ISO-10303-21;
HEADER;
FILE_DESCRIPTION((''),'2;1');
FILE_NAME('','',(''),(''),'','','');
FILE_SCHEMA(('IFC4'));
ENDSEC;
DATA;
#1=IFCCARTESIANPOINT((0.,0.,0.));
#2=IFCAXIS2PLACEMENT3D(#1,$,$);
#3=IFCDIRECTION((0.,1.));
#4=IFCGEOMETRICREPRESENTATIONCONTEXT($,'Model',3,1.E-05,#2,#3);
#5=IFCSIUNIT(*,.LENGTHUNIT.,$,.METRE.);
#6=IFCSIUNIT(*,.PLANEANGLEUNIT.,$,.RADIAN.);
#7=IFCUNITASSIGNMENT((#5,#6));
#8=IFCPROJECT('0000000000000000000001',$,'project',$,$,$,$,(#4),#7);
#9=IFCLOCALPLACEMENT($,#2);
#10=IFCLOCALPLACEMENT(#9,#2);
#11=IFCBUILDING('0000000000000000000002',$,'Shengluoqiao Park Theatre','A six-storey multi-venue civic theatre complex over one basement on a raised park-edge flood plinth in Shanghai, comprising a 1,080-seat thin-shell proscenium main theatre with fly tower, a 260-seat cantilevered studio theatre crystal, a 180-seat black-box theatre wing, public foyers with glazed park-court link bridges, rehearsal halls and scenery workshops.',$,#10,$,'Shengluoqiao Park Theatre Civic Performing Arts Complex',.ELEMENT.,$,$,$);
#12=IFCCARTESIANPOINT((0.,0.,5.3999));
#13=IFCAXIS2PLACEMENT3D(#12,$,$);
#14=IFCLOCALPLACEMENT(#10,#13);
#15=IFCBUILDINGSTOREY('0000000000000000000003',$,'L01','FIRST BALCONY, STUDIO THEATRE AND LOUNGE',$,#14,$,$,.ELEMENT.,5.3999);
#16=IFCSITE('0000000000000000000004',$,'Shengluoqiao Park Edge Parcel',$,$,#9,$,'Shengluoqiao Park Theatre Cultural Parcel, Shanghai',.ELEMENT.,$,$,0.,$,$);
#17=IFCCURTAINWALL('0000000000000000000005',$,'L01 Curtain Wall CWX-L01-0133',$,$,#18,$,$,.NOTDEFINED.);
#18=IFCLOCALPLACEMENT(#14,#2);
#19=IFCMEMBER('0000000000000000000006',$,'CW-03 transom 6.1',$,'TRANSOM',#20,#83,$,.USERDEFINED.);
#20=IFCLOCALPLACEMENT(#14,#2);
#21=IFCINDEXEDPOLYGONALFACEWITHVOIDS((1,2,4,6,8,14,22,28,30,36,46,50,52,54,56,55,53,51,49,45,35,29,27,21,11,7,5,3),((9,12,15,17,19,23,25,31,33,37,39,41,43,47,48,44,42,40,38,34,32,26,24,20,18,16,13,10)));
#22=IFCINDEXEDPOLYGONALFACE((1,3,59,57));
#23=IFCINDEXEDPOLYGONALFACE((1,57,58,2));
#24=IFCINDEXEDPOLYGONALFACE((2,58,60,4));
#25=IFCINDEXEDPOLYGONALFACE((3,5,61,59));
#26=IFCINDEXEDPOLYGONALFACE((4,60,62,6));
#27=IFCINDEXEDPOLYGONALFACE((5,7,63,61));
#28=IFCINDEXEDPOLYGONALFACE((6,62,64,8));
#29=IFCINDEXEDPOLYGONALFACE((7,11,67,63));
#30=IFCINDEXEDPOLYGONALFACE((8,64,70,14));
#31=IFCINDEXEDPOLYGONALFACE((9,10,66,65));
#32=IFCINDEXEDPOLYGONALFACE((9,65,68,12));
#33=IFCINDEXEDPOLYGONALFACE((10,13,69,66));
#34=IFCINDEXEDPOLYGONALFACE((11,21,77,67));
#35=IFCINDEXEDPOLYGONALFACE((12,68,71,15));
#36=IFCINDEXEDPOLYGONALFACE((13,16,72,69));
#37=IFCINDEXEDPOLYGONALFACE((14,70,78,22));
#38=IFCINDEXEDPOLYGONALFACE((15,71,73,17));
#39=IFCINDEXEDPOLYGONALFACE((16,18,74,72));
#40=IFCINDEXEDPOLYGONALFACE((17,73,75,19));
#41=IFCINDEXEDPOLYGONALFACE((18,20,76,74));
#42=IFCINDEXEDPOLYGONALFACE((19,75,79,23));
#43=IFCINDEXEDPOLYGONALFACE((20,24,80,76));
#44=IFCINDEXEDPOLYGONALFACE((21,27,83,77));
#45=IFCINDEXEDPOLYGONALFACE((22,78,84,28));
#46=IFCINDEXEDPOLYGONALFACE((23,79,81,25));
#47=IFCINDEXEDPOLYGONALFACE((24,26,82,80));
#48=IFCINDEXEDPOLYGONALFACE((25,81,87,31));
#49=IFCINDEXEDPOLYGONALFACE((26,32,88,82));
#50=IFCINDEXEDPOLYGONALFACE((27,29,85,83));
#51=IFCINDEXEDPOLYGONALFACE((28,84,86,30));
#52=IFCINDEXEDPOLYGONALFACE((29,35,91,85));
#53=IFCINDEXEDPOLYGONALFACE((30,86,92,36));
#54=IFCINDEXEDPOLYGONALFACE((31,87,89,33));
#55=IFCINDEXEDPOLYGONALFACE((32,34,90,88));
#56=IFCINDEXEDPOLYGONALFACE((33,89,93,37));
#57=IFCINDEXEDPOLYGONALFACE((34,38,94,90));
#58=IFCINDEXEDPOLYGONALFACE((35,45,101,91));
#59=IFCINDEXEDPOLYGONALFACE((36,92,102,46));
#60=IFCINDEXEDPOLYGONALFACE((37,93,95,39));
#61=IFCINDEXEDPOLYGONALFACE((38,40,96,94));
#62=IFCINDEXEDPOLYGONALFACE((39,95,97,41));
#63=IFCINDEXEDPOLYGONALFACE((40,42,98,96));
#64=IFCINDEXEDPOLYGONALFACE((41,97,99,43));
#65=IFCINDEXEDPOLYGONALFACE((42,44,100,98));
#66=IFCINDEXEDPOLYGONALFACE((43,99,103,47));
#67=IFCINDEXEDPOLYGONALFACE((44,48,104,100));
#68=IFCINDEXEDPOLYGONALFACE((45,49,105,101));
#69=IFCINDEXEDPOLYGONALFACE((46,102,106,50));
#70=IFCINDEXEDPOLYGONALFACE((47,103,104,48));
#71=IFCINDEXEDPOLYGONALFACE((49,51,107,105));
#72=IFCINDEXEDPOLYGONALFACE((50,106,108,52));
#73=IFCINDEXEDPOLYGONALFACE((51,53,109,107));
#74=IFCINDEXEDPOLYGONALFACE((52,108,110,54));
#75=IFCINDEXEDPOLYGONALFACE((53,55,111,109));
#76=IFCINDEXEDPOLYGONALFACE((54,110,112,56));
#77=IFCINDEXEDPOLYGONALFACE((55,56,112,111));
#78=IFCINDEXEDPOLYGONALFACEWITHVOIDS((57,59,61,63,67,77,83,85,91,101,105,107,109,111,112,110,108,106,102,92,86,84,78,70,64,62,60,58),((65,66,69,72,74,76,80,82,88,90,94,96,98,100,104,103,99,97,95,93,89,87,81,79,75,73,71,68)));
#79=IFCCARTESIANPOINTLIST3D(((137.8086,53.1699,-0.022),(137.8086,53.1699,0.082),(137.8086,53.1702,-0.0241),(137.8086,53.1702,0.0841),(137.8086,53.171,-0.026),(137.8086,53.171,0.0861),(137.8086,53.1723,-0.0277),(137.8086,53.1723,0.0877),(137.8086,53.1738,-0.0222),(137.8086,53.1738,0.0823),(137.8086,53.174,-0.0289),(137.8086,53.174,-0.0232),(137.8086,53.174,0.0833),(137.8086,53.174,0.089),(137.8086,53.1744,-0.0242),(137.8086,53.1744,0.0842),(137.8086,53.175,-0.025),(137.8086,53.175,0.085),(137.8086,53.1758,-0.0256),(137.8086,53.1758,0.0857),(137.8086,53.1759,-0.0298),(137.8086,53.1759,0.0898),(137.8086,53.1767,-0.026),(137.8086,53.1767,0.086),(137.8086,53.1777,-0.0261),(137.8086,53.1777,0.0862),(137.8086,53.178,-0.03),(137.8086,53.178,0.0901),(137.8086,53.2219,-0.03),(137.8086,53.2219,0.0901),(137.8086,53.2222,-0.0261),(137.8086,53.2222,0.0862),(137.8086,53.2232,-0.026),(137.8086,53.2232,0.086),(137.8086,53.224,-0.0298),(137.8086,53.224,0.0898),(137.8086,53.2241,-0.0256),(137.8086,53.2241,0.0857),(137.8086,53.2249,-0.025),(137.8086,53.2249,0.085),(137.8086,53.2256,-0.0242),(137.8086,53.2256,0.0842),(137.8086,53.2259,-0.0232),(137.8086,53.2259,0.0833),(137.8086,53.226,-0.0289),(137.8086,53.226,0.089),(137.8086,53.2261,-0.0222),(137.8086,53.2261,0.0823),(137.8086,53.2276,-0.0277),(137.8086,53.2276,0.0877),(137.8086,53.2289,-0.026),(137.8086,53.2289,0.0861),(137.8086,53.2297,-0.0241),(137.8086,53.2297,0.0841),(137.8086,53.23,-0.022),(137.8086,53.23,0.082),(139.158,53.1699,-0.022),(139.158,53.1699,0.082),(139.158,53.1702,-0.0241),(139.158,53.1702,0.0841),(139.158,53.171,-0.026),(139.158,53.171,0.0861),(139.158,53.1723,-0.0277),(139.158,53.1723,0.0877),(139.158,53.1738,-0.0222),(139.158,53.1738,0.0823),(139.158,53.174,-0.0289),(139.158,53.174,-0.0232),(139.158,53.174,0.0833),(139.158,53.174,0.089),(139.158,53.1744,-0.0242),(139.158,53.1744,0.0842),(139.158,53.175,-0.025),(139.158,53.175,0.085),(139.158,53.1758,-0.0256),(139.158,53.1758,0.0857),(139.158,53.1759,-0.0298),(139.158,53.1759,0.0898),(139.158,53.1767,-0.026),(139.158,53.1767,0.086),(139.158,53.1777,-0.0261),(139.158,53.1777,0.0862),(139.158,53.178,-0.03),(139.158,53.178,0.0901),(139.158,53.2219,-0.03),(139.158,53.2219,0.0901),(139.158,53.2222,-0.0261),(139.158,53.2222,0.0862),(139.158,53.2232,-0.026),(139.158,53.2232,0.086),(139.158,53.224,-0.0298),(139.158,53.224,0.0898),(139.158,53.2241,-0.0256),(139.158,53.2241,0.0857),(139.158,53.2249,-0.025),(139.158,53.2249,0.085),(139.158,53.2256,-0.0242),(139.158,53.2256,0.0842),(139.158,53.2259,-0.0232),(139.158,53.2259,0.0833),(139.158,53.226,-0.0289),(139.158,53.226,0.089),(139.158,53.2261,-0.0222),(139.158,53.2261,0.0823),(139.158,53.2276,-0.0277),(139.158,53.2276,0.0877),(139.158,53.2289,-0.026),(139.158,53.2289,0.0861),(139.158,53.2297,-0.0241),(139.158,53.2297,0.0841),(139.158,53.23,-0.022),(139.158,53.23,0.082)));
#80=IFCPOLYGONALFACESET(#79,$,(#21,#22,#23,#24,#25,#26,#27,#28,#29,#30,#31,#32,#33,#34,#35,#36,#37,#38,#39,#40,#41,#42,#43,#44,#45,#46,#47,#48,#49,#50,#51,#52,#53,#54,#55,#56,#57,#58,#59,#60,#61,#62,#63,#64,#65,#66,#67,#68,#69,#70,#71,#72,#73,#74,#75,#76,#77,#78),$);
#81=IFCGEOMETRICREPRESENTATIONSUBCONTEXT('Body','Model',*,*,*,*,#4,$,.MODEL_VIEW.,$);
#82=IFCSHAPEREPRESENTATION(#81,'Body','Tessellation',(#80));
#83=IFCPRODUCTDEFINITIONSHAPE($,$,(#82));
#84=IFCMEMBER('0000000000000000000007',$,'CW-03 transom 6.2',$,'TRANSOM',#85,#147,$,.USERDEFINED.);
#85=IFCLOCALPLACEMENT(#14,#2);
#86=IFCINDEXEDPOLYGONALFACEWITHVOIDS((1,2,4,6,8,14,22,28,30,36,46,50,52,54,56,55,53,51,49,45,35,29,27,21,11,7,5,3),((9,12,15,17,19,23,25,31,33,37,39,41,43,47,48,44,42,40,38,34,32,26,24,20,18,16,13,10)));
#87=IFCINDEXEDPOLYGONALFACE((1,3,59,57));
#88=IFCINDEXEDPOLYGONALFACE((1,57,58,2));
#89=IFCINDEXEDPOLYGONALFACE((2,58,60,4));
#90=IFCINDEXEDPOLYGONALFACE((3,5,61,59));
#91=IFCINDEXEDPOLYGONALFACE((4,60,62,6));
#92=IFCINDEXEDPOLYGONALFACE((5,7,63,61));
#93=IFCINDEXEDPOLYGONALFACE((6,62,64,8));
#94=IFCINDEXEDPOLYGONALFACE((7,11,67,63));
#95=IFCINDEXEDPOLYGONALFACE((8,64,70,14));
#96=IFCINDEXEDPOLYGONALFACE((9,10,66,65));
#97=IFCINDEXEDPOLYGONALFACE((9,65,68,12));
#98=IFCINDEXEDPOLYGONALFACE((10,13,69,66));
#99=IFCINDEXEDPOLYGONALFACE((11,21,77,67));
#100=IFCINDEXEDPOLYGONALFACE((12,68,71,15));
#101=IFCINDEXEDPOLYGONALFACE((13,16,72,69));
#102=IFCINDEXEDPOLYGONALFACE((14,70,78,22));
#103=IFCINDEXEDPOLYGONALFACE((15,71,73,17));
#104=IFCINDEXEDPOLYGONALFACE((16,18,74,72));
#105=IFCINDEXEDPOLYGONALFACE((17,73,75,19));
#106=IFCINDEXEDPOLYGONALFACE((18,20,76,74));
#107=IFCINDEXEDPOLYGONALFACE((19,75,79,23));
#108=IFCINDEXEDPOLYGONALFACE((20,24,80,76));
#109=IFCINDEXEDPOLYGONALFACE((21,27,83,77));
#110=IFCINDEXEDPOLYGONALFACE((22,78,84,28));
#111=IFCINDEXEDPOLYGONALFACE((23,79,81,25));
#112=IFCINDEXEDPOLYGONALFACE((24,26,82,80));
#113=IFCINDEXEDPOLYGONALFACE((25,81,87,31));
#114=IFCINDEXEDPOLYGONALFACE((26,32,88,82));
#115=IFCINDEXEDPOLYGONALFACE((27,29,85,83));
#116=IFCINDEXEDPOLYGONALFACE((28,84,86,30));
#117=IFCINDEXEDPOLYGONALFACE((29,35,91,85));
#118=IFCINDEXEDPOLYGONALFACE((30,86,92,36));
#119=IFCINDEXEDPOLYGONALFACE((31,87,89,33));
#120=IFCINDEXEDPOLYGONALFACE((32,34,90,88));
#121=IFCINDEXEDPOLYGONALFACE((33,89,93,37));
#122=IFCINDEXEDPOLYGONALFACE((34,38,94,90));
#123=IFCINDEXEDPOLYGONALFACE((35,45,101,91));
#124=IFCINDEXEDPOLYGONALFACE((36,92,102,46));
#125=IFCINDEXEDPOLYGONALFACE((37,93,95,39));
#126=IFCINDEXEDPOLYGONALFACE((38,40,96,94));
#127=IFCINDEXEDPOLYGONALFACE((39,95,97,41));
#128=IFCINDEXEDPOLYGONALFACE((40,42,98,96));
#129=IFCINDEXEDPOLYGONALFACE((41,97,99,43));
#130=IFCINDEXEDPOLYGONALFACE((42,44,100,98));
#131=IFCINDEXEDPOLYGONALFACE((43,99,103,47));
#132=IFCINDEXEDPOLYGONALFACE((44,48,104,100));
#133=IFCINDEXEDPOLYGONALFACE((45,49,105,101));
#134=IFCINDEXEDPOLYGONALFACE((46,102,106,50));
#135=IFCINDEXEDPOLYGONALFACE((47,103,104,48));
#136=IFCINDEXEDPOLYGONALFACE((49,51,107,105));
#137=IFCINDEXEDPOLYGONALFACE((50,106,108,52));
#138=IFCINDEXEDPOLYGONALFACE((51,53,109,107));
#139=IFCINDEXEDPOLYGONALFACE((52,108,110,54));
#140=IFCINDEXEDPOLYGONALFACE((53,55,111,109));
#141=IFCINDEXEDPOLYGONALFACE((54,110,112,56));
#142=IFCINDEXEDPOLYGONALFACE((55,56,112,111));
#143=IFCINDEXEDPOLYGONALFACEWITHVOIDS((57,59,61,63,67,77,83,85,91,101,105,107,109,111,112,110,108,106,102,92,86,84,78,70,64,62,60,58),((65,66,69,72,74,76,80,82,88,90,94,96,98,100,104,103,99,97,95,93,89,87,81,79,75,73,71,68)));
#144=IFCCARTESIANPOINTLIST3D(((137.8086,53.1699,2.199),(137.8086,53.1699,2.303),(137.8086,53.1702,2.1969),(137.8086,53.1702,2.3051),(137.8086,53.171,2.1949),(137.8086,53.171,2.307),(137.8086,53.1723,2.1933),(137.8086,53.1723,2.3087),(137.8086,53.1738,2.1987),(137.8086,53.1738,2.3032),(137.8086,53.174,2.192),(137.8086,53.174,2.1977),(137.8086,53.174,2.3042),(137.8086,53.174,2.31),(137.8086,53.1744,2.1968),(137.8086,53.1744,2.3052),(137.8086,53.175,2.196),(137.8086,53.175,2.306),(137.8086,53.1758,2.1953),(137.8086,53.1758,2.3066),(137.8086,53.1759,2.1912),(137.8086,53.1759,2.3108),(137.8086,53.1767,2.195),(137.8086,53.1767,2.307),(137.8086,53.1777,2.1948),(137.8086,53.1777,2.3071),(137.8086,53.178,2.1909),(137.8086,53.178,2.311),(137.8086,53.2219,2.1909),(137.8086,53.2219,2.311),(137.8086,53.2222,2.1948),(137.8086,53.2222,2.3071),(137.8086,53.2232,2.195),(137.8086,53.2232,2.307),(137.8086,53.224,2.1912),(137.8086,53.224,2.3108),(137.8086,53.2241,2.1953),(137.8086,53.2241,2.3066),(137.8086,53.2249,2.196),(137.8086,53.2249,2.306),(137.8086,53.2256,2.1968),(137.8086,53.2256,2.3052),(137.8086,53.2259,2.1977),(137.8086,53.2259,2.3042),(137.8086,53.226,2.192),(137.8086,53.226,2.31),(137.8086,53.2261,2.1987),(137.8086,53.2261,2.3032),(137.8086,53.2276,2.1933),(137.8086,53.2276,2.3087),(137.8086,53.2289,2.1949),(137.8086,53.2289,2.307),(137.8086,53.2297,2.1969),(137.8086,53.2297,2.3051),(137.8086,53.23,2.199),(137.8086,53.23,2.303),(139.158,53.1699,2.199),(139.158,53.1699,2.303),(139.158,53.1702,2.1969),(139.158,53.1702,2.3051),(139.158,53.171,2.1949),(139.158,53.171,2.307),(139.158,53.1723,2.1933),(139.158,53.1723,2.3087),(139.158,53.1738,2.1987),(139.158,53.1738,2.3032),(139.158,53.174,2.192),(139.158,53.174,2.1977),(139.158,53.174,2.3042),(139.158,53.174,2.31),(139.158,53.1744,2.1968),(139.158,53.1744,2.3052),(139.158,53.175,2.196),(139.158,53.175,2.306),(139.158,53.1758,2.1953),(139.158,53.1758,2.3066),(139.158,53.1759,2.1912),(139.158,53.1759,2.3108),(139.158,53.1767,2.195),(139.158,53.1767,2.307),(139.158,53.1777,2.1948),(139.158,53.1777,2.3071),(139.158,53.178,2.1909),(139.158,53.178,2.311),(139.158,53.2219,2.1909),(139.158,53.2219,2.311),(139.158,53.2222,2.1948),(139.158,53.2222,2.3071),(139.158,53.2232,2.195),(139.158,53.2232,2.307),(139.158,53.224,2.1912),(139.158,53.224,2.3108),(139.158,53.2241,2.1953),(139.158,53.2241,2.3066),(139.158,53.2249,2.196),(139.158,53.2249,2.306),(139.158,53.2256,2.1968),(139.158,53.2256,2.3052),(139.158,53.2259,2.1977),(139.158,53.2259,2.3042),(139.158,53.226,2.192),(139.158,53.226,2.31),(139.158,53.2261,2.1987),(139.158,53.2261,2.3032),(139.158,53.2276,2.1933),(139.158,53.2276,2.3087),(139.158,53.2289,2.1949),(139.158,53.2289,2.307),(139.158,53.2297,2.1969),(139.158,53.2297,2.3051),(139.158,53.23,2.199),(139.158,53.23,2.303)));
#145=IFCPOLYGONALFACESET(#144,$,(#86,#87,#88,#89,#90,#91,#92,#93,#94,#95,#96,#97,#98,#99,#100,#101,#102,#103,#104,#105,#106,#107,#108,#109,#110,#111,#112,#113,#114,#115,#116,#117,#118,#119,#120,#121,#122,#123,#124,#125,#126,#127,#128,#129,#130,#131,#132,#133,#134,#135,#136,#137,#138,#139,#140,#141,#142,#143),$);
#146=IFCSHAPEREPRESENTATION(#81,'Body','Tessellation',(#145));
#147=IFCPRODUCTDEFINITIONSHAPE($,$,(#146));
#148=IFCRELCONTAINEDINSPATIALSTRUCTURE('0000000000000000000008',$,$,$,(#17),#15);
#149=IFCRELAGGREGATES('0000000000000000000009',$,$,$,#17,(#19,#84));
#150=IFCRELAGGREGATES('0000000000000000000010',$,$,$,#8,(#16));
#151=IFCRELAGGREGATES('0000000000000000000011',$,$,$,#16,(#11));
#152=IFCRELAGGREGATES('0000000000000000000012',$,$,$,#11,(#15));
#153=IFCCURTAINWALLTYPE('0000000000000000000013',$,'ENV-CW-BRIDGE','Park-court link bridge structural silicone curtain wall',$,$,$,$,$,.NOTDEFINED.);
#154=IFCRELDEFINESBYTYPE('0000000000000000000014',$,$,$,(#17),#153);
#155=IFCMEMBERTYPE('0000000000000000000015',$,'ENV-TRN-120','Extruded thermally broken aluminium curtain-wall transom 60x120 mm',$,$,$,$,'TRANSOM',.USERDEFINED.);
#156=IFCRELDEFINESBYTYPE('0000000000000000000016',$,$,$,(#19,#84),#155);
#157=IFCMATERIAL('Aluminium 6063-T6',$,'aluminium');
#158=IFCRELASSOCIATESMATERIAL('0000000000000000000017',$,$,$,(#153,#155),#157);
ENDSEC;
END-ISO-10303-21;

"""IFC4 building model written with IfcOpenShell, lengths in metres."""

from ifc_helpers import new_model, si_unit, direction, frame, origin, origin_2d, place, context, subcontext, project, spatial, hollow_rectangle, extrude, material, material_profile, profile_set, type_object, element, aggregate, save


model = new_model("IFC4")

# Units and contexts
model_context = context("Model", 3, precision=1e-05, world=origin(), true_north=direction((0.0, 1.0)))
body_context = subcontext(model_context, "Body", "Model", "MODEL_VIEW")
ifc_project = project(units=[si_unit("LENGTHUNIT", "METRE"), si_unit("PLANEANGLEUNIT", "RADIAN")], contexts=[model_context])

# Site, building, storey
site_placement = place(None, origin())
site = spatial("IfcSite", under=ifc_project, at=site_placement, Name="Shengluoqiao Park Edge Parcel", LongName="Shengluoqiao Park Theatre Cultural Parcel, Shanghai", CompositionType="ELEMENT", RefElevation=0.0)
building_placement = place(site_placement, origin())
building = spatial("IfcBuilding", under=site, at=building_placement, Name="Shengluoqiao Park Theatre", Description="A six-storey multi-venue civic theatre complex over one basement on a raised park-edge flood plinth in Shanghai, comprising a 1,080-seat thin-shell proscenium main theatre with fly tower, a 260-seat cantilevered studio theatre crystal, a 180-seat black-box theatre wing, public foyers with glazed park-court link bridges, rehearsal halls and scenery workshops.", LongName="Shengluoqiao Park Theatre Civic Performing Arts Complex", CompositionType="ELEMENT")
storey_placement = place(building_placement, frame((0.0, 0.0, 5.3999)))
storey = spatial("IfcBuildingStorey", under=building, at=storey_placement, Name="L01", Description="FIRST BALCONY, STUDIO THEATRE AND LOUNGE", CompositionType="ELEMENT", Elevation=5.3999)

# Curtain wall
ifc_material_1 = material(Name="Aluminium 6063-T6", Category="aluminium")
curtain_wall_type = type_object("IfcCurtainWallType", Name="ENV-CW-BRIDGE", Description="Park-court link bridge structural silicone curtain wall", PredefinedType="NOTDEFINED", material=ifc_material_1)
curtain_wall_1_placement = place(storey_placement, origin())
curtain_wall_1 = element("IfcCurtainWall", 1, at=curtain_wall_1_placement, inside=storey, type_object=curtain_wall_type, Name="L01 Curtain Wall CWX-L01-0133", PredefinedType="NOTDEFINED")

# Members
ifc_material_profile_1 = material_profile(ifc_material_1, hollow_rectangle(XDim=0.0601, YDim=0.1201, WallThickness=0.0039, InnerFilletRadius=0.0039, OuterFilletRadius=0.0081, at=origin_2d()), Name="ALU TRANSOM 120x60x4")
ifc_profile_set_1 = profile_set([ifc_material_profile_1], Name="Aluminium 6063-T6")
member_type_1 = type_object("IfcMemberType", Name="ENV-TRN-120", Description="Extruded thermally broken aluminium curtain-wall transom 60x120 mm", ElementType="TRANSOM", PredefinedType="USERDEFINED", material=ifc_profile_set_1)
member_1_placement = place(storey_placement, frame((137.8086, 53.2, 0.03), z_axis=(1.0, 0.0, 0.0), x_axis=(0.0, 1.0, 0.0)))
member_1 = element("IfcMember", 2, at=member_1_placement, type_object=member_type_1, Name="CW-03 transom 6.1", ObjectType="TRANSOM", PredefinedType="USERDEFINED", context=body_context, shape_type="SweptSolid", body=[
    extrude(hollow_rectangle(XDim=0.0601, YDim=0.1201, WallThickness=0.0039, InnerFilletRadius=0.0039, OuterFilletRadius=0.0081, at=origin_2d()), origin(), (0.0, 0.0, 1.0), 1.3494),
])
member_2_placement = place(storey_placement, frame((137.8086, 53.2, 2.251), z_axis=(1.0, 0.0, 0.0), x_axis=(0.0, 1.0, 0.0)))
member_2 = element("IfcMember", 3, at=member_2_placement, type_object=member_type_1, Name="CW-03 transom 6.2", ObjectType="TRANSOM", PredefinedType="USERDEFINED", context=body_context, shape_type="SweptSolid", body=[
    extrude(hollow_rectangle(XDim=0.0601, YDim=0.1201, WallThickness=0.0039, InnerFilletRadius=0.0039, OuterFilletRadius=0.0081, at=origin_2d()), origin(), (0.0, 0.0, 1.0), 1.3494),
])

aggregate(curtain_wall_1, [member_1, member_2])

save(model, "model.ifc")
